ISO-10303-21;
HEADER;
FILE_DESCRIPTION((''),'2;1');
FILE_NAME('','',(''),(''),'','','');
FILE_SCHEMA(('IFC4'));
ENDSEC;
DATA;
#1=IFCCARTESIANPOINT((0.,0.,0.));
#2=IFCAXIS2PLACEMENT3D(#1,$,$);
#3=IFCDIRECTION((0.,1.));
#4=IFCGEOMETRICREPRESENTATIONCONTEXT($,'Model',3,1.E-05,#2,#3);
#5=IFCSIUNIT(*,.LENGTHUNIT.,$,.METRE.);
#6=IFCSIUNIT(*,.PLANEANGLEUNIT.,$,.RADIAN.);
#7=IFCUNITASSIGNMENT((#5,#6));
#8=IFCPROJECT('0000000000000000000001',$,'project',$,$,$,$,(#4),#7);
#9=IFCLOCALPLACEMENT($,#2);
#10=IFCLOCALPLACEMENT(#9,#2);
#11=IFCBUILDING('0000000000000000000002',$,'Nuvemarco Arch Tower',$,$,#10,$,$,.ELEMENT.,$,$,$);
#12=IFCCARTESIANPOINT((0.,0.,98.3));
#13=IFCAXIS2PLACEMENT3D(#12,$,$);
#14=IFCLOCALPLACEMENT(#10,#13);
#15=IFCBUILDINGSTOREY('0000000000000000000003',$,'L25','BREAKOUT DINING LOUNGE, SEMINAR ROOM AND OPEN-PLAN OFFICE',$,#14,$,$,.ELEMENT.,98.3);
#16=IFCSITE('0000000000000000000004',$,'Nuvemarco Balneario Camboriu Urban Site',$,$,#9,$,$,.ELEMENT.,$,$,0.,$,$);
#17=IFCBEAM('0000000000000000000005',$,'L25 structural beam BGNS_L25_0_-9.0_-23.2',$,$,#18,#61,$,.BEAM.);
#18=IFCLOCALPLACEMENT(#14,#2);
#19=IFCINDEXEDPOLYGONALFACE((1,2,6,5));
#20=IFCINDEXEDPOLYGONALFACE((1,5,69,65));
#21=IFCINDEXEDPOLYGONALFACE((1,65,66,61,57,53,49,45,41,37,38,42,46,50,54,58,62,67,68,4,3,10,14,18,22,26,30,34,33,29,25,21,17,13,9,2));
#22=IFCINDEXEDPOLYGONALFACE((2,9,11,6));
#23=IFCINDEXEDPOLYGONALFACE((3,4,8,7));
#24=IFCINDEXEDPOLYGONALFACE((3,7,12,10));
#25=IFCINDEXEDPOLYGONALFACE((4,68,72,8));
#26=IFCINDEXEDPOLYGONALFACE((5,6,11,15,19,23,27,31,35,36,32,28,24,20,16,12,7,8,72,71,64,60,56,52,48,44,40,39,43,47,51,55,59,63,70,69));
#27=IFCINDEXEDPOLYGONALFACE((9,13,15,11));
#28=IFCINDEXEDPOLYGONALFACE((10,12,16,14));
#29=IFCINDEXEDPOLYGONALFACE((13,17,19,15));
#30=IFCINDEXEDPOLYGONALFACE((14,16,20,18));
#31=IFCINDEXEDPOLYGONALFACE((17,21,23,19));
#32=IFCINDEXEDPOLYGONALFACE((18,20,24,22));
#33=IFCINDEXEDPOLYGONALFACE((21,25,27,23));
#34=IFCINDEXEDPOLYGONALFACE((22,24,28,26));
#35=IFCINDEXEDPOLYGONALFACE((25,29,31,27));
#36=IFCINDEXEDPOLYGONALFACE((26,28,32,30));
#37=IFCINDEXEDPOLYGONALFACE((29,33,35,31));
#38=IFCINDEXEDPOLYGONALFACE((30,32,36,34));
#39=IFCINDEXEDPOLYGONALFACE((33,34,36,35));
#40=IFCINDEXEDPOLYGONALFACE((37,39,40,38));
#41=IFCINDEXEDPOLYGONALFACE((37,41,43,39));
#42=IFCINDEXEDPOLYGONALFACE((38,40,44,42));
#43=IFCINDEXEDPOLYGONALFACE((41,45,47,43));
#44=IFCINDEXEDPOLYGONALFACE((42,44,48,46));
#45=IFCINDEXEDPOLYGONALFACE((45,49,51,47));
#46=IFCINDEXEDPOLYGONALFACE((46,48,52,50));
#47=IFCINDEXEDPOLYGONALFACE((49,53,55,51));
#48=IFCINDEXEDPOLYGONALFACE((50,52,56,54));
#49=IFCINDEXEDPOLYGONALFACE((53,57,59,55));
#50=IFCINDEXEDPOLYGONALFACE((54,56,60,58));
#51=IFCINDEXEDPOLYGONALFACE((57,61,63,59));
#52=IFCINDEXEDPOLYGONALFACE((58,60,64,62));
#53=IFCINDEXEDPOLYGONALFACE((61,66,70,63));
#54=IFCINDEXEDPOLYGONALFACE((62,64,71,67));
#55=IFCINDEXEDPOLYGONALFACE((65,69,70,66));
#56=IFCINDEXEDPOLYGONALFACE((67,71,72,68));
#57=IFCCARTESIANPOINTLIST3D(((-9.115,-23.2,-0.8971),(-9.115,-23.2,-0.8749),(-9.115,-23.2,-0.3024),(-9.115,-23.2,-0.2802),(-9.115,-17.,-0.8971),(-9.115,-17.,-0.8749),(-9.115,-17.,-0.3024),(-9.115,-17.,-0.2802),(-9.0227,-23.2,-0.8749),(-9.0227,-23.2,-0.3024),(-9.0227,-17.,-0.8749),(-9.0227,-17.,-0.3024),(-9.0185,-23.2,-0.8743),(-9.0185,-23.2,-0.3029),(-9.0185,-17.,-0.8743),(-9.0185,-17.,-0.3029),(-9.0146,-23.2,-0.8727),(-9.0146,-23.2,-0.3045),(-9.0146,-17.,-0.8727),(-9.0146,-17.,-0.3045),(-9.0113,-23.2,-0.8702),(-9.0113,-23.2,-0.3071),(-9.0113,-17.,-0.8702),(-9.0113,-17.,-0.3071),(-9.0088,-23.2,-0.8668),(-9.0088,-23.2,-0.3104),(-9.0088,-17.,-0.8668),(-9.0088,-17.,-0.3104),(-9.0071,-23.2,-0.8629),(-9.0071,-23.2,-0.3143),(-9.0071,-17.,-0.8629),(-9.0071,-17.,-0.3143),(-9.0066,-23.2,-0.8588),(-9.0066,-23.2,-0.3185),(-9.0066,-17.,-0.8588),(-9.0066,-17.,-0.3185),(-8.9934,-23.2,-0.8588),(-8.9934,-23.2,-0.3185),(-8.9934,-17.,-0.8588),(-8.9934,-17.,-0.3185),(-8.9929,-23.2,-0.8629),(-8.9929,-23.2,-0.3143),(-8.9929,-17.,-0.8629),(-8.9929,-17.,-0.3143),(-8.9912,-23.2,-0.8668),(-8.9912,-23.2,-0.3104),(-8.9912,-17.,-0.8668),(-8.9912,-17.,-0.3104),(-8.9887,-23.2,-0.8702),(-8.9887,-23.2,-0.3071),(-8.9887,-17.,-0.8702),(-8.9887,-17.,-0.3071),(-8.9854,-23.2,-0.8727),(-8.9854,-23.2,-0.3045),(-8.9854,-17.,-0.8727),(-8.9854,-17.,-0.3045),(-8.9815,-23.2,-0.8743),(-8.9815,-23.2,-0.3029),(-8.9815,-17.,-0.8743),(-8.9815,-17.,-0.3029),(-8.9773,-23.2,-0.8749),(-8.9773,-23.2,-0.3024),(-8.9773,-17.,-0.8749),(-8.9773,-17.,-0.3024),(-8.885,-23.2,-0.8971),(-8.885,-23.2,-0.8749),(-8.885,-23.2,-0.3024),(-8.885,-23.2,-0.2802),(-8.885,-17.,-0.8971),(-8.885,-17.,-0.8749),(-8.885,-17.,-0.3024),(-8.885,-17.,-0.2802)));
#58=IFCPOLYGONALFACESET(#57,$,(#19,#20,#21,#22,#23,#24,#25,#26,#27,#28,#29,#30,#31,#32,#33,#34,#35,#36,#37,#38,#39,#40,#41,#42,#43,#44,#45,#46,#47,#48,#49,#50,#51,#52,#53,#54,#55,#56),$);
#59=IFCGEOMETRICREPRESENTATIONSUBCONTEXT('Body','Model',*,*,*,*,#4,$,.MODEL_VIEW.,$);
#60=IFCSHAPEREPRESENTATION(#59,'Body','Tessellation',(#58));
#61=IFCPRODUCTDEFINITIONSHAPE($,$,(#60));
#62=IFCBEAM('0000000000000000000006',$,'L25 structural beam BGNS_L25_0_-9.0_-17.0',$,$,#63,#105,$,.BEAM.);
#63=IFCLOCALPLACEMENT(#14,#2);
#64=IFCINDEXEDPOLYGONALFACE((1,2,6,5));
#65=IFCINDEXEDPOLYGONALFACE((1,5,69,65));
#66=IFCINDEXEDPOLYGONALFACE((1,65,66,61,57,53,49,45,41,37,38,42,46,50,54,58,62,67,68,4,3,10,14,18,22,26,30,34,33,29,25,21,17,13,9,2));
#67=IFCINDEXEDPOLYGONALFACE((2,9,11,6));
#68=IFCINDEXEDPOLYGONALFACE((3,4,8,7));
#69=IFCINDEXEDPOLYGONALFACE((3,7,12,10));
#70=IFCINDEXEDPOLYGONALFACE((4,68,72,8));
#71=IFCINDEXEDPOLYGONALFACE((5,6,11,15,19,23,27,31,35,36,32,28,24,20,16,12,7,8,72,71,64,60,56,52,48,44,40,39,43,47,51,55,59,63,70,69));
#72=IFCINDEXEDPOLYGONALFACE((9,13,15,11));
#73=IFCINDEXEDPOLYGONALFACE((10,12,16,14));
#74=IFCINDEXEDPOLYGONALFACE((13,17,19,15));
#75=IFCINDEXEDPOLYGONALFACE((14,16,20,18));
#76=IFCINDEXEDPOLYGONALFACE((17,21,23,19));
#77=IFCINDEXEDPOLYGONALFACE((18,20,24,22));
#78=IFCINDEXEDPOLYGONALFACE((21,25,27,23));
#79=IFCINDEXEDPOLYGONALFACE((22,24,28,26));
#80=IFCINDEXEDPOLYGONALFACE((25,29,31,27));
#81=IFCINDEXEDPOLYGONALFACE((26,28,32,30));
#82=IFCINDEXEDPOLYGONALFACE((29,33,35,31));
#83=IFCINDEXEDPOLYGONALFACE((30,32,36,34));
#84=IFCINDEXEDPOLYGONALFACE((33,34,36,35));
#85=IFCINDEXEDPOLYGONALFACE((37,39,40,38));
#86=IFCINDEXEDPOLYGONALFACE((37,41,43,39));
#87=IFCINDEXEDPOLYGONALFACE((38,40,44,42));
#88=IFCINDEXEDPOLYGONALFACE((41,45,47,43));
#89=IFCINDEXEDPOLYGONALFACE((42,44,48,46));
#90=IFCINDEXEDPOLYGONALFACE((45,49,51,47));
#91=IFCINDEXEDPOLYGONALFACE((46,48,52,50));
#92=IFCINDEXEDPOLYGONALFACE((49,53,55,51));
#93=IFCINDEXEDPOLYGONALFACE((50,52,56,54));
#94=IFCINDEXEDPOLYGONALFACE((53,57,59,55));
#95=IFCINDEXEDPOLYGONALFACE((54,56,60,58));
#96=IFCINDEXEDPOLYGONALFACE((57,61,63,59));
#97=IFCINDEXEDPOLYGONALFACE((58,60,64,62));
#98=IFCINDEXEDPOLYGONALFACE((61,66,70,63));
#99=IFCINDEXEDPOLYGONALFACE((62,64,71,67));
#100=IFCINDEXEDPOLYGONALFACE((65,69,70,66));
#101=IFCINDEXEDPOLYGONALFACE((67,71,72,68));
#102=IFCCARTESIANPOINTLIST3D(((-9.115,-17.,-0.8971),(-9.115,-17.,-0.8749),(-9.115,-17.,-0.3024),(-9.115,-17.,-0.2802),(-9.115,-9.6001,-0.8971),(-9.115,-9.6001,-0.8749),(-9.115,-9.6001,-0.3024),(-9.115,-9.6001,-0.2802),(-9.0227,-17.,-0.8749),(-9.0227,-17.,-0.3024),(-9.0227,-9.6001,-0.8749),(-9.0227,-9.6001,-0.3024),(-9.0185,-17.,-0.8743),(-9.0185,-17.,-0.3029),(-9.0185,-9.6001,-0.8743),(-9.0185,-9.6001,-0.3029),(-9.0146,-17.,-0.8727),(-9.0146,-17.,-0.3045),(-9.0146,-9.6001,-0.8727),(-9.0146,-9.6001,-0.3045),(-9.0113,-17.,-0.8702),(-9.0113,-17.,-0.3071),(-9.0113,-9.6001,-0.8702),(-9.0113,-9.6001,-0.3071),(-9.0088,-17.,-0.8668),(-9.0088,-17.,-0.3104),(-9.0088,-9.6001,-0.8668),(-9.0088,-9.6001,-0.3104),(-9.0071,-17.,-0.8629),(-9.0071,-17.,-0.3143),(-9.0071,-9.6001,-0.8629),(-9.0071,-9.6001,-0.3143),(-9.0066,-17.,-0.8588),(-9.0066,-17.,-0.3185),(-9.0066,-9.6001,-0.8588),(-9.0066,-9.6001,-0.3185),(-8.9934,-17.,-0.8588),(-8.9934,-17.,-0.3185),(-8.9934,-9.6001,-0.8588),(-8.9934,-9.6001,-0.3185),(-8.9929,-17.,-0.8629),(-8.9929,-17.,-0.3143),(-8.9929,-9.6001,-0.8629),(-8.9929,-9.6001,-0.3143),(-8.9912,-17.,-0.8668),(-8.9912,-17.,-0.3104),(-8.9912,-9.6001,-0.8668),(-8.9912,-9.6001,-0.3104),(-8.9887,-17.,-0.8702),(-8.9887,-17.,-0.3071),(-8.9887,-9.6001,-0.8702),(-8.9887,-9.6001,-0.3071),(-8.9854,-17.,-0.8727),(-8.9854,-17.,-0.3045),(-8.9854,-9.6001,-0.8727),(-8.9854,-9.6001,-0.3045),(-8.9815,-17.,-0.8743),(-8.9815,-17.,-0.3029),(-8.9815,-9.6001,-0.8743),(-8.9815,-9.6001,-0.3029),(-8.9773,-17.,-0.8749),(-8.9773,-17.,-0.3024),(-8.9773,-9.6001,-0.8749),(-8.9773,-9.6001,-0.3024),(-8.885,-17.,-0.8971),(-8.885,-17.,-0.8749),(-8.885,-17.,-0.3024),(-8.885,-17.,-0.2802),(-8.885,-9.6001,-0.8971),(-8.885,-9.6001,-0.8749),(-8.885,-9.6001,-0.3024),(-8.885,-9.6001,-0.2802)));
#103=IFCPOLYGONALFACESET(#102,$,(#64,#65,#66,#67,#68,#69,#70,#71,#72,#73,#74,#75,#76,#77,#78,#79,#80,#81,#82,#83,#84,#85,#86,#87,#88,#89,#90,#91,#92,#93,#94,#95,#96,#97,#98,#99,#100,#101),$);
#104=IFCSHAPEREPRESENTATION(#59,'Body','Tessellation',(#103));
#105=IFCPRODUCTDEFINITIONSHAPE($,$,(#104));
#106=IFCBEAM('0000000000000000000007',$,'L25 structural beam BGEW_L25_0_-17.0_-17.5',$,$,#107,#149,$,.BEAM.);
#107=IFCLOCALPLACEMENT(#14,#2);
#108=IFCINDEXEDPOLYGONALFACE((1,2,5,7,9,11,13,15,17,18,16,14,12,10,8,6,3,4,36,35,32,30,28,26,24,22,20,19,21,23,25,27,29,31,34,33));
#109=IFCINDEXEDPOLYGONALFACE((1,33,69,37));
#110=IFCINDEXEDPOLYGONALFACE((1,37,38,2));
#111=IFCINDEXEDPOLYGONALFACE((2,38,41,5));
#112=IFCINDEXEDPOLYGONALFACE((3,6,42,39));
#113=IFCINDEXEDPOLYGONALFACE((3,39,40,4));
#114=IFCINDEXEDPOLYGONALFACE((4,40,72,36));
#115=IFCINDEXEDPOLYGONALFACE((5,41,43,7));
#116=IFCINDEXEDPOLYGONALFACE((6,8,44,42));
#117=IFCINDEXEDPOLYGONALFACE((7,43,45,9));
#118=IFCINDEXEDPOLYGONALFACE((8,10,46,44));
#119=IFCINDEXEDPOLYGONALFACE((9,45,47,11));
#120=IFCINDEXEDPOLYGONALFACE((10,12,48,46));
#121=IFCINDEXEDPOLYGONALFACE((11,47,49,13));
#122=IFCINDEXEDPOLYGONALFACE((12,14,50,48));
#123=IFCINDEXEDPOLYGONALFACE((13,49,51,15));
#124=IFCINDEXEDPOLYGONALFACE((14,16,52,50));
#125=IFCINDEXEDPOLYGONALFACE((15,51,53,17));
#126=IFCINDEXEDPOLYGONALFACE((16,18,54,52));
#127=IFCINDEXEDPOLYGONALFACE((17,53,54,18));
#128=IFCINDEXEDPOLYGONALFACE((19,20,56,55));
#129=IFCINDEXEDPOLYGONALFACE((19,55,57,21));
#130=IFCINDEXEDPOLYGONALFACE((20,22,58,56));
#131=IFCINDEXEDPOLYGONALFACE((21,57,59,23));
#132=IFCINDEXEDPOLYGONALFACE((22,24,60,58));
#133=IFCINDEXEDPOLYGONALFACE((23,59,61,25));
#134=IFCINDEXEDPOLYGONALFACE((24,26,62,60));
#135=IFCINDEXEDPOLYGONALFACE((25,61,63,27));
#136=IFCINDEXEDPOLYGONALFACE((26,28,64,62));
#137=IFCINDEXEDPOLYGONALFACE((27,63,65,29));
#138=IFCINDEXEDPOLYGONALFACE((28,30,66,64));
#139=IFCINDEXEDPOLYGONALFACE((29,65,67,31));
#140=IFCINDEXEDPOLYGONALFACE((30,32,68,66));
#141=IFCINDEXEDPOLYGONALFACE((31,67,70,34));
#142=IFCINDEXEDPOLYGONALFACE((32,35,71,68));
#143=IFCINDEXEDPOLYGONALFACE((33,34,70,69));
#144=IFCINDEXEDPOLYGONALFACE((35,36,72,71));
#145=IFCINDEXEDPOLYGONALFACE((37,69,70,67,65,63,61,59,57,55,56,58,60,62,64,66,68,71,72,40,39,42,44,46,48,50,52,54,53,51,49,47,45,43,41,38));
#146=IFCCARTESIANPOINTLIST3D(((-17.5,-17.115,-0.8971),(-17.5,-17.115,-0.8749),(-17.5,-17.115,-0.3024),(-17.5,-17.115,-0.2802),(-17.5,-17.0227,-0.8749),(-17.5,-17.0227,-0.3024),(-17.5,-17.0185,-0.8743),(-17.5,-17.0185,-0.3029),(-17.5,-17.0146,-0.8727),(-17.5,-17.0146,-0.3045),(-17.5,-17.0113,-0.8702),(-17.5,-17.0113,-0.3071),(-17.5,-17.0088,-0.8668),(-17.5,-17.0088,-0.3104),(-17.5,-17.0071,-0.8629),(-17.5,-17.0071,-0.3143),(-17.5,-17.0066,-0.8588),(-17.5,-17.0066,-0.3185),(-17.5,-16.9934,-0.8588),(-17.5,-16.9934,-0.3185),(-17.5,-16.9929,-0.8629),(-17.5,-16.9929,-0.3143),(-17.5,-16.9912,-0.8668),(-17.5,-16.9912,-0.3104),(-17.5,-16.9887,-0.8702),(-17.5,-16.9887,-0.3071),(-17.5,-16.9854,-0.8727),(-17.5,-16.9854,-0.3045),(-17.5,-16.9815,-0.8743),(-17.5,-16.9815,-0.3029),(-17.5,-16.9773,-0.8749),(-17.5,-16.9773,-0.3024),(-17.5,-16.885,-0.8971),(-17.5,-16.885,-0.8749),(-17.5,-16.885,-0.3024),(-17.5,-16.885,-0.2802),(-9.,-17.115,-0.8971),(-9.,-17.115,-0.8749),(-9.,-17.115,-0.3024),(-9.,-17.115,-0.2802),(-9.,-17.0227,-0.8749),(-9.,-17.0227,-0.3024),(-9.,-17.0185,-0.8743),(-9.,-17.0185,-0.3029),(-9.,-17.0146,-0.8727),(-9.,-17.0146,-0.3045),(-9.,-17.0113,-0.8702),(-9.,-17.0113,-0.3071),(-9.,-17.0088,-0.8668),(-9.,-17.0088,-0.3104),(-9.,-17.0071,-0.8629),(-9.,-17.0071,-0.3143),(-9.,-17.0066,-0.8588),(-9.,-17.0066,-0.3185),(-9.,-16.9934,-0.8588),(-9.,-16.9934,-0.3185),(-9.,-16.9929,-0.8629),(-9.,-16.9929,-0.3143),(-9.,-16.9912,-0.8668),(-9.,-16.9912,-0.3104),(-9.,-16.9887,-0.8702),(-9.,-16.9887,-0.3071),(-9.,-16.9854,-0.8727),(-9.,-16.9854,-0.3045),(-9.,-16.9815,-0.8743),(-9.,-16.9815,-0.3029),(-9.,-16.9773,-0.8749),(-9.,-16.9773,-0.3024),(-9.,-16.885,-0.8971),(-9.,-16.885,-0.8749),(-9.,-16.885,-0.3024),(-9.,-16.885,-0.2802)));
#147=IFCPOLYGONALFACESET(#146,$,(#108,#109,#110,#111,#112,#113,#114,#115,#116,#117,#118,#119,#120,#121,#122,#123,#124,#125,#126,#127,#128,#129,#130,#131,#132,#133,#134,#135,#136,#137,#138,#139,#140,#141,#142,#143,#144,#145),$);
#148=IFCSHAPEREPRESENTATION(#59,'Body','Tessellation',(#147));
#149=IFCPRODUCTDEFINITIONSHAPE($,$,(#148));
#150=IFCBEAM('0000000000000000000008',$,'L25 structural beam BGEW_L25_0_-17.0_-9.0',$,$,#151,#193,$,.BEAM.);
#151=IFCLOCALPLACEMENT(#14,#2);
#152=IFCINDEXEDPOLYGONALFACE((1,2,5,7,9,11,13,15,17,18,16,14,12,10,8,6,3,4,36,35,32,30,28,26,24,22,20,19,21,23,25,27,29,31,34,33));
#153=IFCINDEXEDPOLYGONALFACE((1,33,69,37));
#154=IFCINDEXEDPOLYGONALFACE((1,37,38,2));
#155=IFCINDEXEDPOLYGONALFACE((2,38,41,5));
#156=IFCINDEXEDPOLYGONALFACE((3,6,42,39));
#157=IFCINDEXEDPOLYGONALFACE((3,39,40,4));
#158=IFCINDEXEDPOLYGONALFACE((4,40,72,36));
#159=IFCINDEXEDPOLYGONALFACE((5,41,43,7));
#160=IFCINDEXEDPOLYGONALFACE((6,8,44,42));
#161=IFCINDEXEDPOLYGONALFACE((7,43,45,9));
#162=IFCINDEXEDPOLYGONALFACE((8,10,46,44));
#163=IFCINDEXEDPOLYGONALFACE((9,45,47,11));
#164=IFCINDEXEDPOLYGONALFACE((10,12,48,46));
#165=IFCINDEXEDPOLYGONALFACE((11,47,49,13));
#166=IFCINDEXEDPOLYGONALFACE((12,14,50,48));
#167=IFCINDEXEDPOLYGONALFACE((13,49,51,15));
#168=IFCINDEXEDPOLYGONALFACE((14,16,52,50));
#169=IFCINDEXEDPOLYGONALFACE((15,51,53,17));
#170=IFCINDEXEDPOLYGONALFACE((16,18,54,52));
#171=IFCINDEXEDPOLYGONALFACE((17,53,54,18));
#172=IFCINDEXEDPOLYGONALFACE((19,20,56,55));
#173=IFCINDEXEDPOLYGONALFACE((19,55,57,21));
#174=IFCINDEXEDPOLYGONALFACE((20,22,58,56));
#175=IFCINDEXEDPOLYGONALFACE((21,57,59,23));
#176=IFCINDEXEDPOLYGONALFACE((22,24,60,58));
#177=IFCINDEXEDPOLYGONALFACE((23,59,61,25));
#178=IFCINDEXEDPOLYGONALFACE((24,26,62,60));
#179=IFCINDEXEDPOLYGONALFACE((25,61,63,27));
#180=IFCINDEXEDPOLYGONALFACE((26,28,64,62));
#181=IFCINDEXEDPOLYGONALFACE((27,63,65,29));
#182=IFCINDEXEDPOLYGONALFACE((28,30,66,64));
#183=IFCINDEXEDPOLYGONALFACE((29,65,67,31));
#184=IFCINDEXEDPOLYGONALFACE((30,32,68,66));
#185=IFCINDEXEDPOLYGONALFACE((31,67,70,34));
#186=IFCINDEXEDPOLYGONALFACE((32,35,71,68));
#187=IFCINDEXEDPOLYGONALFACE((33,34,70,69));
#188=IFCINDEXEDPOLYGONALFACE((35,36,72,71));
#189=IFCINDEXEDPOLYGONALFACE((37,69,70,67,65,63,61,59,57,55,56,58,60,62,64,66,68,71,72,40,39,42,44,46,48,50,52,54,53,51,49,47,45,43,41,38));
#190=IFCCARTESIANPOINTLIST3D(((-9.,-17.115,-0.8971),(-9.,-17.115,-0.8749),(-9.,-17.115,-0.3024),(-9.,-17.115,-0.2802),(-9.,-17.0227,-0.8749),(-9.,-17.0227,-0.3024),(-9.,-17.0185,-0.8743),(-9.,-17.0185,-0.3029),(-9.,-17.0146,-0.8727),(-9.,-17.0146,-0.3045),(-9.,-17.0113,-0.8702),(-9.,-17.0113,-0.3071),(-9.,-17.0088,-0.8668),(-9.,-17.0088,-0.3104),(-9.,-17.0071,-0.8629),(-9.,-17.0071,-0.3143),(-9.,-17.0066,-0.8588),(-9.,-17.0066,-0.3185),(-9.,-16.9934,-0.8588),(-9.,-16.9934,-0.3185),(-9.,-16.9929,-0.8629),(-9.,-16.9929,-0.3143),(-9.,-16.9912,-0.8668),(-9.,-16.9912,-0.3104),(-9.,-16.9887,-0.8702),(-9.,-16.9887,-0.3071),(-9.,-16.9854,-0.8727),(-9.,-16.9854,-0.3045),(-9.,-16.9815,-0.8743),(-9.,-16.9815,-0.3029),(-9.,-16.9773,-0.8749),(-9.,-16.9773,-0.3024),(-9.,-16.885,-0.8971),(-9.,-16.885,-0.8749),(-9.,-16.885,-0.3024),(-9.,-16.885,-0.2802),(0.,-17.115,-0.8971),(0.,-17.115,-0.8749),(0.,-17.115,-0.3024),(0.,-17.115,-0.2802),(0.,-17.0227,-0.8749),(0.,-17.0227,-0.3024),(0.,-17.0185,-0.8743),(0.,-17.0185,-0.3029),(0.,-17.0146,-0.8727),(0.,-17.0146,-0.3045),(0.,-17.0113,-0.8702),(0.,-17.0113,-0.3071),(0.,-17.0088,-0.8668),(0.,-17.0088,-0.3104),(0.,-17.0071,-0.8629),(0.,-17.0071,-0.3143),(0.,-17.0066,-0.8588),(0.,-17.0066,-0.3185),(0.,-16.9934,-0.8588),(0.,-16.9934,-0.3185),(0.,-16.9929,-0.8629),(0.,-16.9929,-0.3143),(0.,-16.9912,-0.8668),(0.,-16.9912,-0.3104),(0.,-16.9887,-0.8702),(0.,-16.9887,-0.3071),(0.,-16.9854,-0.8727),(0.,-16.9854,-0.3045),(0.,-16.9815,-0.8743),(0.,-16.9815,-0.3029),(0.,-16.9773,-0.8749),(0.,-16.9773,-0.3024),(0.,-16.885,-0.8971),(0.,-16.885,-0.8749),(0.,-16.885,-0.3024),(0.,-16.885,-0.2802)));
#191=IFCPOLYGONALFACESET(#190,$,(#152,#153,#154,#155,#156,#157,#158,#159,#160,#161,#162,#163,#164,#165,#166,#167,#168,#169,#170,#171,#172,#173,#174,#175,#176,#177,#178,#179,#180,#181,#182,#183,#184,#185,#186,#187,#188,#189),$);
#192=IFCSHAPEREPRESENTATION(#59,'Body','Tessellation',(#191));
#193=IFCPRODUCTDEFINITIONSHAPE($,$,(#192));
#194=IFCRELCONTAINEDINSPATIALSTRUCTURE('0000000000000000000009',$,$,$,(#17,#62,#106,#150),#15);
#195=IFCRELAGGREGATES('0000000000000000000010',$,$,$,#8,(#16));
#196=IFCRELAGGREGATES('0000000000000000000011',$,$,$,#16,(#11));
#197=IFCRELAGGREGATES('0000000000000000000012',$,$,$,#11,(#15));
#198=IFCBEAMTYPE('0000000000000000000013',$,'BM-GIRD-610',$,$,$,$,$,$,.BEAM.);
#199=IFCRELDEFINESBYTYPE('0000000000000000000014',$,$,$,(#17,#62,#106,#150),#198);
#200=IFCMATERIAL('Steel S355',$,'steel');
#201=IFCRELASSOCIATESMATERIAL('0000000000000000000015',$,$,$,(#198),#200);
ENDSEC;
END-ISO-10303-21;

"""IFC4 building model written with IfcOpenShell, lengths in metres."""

from ifc_helpers import new_model, si_unit, direction, frame, origin, origin_2d, place, context, subcontext, project, spatial, i_section, extrude, material, material_profile, profile_set, type_object, element, save


model = new_model("IFC4")

# Units and contexts
model_context = context("Model", 3, precision=1e-05, world=origin(), true_north=direction((0.0, 1.0)))
body_context = subcontext(model_context, "Body", "Model", "MODEL_VIEW")
ifc_project = project(units=[si_unit("LENGTHUNIT", "METRE"), si_unit("PLANEANGLEUNIT", "RADIAN")], contexts=[model_context])

# Site, building, storey
site_placement = place(None, origin())
site = spatial("IfcSite", under=ifc_project, at=site_placement, Name="Nuvemarco Balneario Camboriu Urban Site", CompositionType="ELEMENT", RefElevation=0.0)
building_placement = place(site_placement, origin())
building = spatial("IfcBuilding", under=site, at=building_placement, Name="Nuvemarco Arch Tower", CompositionType="ELEMENT")
storey_placement = place(building_placement, frame((0.0, 0.0, 98.3)))
storey = spatial("IfcBuildingStorey", under=building, at=storey_placement, Name="L25", Description="BREAKOUT DINING LOUNGE, SEMINAR ROOM AND OPEN-PLAN OFFICE", CompositionType="ELEMENT", Elevation=98.3)

# Shared definitions
ifc_material_1 = material(Name="Steel S355", Category="steel")

# Beams
ifc_material_profile_1 = material_profile(ifc_material_1, i_section(OverallWidth=0.23, OverallDepth=0.6169, WebThickness=0.0132, FlangeThickness=0.0222, FilletRadius=0.0161, at=origin_2d()), Name="W610x140")
ifc_profile_set_1 = profile_set([ifc_material_profile_1], Name="Steel S355")
beam_type_1 = type_object("IfcBeamType", Name="BM-GIRD-610", PredefinedType="BEAM", material=ifc_profile_set_1)
beam_1_placement = place(storey_placement, frame((-9.0, -23.2, -0.5886), z_axis=(0.0, 1.0, 0.0), x_axis=(-1.0, 0.0, 0.0)))
element("IfcBeam", 1, at=beam_1_placement, inside=storey, type_object=beam_type_1, Name="L25 structural beam BGNS_L25_0_-9.0_-23.2", PredefinedType="BEAM", context=body_context, shape_type="SweptSolid", body=[
    extrude(i_section(OverallWidth=0.23, OverallDepth=0.6169, WebThickness=0.0132, FlangeThickness=0.0222, FilletRadius=0.0161, at=origin_2d()), origin(), (0.0, 0.0, 1.0), 6.2),
])
beam_2_placement = place(storey_placement, frame((-9.0, -17.0, -0.5886), z_axis=(0.0, 1.0, 0.0), x_axis=(-1.0, 0.0, 0.0)))
element("IfcBeam", 2, at=beam_2_placement, inside=storey, type_object=beam_type_1, Name="L25 structural beam BGNS_L25_0_-9.0_-17.0", PredefinedType="BEAM", context=body_context, shape_type="SweptSolid", body=[
    extrude(i_section(OverallWidth=0.23, OverallDepth=0.6169, WebThickness=0.0132, FlangeThickness=0.0222, FilletRadius=0.0161, at=origin_2d()), origin(), (0.0, 0.0, 1.0), 7.3999),
])
beam_3_placement = place(storey_placement, frame((-17.5, -17.0, -0.5886), z_axis=(1.0, 0.0, 0.0), x_axis=(0.0, 1.0, 0.0)))
element("IfcBeam", 3, at=beam_3_placement, inside=storey, type_object=beam_type_1, Name="L25 structural beam BGEW_L25_0_-17.0_-17.5", PredefinedType="BEAM", context=body_context, shape_type="SweptSolid", body=[
    extrude(i_section(OverallWidth=0.23, OverallDepth=0.6169, WebThickness=0.0132, FlangeThickness=0.0222, FilletRadius=0.0161, at=origin_2d()), origin(), (0.0, 0.0, 1.0), 8.5),
])
beam_4_placement = place(storey_placement, frame((-9.0, -17.0, -0.5886), z_axis=(1.0, 0.0, 0.0), x_axis=(0.0, 1.0, 0.0)))
element("IfcBeam", 4, at=beam_4_placement, inside=storey, type_object=beam_type_1, Name="L25 structural beam BGEW_L25_0_-17.0_-9.0", PredefinedType="BEAM", context=body_context, shape_type="SweptSolid", body=[
    extrude(i_section(OverallWidth=0.23, OverallDepth=0.6169, WebThickness=0.0132, FlangeThickness=0.0222, FilletRadius=0.0161, at=origin_2d()), origin(), (0.0, 0.0, 1.0), 9.0),
])

save(model, "model.ifc")
